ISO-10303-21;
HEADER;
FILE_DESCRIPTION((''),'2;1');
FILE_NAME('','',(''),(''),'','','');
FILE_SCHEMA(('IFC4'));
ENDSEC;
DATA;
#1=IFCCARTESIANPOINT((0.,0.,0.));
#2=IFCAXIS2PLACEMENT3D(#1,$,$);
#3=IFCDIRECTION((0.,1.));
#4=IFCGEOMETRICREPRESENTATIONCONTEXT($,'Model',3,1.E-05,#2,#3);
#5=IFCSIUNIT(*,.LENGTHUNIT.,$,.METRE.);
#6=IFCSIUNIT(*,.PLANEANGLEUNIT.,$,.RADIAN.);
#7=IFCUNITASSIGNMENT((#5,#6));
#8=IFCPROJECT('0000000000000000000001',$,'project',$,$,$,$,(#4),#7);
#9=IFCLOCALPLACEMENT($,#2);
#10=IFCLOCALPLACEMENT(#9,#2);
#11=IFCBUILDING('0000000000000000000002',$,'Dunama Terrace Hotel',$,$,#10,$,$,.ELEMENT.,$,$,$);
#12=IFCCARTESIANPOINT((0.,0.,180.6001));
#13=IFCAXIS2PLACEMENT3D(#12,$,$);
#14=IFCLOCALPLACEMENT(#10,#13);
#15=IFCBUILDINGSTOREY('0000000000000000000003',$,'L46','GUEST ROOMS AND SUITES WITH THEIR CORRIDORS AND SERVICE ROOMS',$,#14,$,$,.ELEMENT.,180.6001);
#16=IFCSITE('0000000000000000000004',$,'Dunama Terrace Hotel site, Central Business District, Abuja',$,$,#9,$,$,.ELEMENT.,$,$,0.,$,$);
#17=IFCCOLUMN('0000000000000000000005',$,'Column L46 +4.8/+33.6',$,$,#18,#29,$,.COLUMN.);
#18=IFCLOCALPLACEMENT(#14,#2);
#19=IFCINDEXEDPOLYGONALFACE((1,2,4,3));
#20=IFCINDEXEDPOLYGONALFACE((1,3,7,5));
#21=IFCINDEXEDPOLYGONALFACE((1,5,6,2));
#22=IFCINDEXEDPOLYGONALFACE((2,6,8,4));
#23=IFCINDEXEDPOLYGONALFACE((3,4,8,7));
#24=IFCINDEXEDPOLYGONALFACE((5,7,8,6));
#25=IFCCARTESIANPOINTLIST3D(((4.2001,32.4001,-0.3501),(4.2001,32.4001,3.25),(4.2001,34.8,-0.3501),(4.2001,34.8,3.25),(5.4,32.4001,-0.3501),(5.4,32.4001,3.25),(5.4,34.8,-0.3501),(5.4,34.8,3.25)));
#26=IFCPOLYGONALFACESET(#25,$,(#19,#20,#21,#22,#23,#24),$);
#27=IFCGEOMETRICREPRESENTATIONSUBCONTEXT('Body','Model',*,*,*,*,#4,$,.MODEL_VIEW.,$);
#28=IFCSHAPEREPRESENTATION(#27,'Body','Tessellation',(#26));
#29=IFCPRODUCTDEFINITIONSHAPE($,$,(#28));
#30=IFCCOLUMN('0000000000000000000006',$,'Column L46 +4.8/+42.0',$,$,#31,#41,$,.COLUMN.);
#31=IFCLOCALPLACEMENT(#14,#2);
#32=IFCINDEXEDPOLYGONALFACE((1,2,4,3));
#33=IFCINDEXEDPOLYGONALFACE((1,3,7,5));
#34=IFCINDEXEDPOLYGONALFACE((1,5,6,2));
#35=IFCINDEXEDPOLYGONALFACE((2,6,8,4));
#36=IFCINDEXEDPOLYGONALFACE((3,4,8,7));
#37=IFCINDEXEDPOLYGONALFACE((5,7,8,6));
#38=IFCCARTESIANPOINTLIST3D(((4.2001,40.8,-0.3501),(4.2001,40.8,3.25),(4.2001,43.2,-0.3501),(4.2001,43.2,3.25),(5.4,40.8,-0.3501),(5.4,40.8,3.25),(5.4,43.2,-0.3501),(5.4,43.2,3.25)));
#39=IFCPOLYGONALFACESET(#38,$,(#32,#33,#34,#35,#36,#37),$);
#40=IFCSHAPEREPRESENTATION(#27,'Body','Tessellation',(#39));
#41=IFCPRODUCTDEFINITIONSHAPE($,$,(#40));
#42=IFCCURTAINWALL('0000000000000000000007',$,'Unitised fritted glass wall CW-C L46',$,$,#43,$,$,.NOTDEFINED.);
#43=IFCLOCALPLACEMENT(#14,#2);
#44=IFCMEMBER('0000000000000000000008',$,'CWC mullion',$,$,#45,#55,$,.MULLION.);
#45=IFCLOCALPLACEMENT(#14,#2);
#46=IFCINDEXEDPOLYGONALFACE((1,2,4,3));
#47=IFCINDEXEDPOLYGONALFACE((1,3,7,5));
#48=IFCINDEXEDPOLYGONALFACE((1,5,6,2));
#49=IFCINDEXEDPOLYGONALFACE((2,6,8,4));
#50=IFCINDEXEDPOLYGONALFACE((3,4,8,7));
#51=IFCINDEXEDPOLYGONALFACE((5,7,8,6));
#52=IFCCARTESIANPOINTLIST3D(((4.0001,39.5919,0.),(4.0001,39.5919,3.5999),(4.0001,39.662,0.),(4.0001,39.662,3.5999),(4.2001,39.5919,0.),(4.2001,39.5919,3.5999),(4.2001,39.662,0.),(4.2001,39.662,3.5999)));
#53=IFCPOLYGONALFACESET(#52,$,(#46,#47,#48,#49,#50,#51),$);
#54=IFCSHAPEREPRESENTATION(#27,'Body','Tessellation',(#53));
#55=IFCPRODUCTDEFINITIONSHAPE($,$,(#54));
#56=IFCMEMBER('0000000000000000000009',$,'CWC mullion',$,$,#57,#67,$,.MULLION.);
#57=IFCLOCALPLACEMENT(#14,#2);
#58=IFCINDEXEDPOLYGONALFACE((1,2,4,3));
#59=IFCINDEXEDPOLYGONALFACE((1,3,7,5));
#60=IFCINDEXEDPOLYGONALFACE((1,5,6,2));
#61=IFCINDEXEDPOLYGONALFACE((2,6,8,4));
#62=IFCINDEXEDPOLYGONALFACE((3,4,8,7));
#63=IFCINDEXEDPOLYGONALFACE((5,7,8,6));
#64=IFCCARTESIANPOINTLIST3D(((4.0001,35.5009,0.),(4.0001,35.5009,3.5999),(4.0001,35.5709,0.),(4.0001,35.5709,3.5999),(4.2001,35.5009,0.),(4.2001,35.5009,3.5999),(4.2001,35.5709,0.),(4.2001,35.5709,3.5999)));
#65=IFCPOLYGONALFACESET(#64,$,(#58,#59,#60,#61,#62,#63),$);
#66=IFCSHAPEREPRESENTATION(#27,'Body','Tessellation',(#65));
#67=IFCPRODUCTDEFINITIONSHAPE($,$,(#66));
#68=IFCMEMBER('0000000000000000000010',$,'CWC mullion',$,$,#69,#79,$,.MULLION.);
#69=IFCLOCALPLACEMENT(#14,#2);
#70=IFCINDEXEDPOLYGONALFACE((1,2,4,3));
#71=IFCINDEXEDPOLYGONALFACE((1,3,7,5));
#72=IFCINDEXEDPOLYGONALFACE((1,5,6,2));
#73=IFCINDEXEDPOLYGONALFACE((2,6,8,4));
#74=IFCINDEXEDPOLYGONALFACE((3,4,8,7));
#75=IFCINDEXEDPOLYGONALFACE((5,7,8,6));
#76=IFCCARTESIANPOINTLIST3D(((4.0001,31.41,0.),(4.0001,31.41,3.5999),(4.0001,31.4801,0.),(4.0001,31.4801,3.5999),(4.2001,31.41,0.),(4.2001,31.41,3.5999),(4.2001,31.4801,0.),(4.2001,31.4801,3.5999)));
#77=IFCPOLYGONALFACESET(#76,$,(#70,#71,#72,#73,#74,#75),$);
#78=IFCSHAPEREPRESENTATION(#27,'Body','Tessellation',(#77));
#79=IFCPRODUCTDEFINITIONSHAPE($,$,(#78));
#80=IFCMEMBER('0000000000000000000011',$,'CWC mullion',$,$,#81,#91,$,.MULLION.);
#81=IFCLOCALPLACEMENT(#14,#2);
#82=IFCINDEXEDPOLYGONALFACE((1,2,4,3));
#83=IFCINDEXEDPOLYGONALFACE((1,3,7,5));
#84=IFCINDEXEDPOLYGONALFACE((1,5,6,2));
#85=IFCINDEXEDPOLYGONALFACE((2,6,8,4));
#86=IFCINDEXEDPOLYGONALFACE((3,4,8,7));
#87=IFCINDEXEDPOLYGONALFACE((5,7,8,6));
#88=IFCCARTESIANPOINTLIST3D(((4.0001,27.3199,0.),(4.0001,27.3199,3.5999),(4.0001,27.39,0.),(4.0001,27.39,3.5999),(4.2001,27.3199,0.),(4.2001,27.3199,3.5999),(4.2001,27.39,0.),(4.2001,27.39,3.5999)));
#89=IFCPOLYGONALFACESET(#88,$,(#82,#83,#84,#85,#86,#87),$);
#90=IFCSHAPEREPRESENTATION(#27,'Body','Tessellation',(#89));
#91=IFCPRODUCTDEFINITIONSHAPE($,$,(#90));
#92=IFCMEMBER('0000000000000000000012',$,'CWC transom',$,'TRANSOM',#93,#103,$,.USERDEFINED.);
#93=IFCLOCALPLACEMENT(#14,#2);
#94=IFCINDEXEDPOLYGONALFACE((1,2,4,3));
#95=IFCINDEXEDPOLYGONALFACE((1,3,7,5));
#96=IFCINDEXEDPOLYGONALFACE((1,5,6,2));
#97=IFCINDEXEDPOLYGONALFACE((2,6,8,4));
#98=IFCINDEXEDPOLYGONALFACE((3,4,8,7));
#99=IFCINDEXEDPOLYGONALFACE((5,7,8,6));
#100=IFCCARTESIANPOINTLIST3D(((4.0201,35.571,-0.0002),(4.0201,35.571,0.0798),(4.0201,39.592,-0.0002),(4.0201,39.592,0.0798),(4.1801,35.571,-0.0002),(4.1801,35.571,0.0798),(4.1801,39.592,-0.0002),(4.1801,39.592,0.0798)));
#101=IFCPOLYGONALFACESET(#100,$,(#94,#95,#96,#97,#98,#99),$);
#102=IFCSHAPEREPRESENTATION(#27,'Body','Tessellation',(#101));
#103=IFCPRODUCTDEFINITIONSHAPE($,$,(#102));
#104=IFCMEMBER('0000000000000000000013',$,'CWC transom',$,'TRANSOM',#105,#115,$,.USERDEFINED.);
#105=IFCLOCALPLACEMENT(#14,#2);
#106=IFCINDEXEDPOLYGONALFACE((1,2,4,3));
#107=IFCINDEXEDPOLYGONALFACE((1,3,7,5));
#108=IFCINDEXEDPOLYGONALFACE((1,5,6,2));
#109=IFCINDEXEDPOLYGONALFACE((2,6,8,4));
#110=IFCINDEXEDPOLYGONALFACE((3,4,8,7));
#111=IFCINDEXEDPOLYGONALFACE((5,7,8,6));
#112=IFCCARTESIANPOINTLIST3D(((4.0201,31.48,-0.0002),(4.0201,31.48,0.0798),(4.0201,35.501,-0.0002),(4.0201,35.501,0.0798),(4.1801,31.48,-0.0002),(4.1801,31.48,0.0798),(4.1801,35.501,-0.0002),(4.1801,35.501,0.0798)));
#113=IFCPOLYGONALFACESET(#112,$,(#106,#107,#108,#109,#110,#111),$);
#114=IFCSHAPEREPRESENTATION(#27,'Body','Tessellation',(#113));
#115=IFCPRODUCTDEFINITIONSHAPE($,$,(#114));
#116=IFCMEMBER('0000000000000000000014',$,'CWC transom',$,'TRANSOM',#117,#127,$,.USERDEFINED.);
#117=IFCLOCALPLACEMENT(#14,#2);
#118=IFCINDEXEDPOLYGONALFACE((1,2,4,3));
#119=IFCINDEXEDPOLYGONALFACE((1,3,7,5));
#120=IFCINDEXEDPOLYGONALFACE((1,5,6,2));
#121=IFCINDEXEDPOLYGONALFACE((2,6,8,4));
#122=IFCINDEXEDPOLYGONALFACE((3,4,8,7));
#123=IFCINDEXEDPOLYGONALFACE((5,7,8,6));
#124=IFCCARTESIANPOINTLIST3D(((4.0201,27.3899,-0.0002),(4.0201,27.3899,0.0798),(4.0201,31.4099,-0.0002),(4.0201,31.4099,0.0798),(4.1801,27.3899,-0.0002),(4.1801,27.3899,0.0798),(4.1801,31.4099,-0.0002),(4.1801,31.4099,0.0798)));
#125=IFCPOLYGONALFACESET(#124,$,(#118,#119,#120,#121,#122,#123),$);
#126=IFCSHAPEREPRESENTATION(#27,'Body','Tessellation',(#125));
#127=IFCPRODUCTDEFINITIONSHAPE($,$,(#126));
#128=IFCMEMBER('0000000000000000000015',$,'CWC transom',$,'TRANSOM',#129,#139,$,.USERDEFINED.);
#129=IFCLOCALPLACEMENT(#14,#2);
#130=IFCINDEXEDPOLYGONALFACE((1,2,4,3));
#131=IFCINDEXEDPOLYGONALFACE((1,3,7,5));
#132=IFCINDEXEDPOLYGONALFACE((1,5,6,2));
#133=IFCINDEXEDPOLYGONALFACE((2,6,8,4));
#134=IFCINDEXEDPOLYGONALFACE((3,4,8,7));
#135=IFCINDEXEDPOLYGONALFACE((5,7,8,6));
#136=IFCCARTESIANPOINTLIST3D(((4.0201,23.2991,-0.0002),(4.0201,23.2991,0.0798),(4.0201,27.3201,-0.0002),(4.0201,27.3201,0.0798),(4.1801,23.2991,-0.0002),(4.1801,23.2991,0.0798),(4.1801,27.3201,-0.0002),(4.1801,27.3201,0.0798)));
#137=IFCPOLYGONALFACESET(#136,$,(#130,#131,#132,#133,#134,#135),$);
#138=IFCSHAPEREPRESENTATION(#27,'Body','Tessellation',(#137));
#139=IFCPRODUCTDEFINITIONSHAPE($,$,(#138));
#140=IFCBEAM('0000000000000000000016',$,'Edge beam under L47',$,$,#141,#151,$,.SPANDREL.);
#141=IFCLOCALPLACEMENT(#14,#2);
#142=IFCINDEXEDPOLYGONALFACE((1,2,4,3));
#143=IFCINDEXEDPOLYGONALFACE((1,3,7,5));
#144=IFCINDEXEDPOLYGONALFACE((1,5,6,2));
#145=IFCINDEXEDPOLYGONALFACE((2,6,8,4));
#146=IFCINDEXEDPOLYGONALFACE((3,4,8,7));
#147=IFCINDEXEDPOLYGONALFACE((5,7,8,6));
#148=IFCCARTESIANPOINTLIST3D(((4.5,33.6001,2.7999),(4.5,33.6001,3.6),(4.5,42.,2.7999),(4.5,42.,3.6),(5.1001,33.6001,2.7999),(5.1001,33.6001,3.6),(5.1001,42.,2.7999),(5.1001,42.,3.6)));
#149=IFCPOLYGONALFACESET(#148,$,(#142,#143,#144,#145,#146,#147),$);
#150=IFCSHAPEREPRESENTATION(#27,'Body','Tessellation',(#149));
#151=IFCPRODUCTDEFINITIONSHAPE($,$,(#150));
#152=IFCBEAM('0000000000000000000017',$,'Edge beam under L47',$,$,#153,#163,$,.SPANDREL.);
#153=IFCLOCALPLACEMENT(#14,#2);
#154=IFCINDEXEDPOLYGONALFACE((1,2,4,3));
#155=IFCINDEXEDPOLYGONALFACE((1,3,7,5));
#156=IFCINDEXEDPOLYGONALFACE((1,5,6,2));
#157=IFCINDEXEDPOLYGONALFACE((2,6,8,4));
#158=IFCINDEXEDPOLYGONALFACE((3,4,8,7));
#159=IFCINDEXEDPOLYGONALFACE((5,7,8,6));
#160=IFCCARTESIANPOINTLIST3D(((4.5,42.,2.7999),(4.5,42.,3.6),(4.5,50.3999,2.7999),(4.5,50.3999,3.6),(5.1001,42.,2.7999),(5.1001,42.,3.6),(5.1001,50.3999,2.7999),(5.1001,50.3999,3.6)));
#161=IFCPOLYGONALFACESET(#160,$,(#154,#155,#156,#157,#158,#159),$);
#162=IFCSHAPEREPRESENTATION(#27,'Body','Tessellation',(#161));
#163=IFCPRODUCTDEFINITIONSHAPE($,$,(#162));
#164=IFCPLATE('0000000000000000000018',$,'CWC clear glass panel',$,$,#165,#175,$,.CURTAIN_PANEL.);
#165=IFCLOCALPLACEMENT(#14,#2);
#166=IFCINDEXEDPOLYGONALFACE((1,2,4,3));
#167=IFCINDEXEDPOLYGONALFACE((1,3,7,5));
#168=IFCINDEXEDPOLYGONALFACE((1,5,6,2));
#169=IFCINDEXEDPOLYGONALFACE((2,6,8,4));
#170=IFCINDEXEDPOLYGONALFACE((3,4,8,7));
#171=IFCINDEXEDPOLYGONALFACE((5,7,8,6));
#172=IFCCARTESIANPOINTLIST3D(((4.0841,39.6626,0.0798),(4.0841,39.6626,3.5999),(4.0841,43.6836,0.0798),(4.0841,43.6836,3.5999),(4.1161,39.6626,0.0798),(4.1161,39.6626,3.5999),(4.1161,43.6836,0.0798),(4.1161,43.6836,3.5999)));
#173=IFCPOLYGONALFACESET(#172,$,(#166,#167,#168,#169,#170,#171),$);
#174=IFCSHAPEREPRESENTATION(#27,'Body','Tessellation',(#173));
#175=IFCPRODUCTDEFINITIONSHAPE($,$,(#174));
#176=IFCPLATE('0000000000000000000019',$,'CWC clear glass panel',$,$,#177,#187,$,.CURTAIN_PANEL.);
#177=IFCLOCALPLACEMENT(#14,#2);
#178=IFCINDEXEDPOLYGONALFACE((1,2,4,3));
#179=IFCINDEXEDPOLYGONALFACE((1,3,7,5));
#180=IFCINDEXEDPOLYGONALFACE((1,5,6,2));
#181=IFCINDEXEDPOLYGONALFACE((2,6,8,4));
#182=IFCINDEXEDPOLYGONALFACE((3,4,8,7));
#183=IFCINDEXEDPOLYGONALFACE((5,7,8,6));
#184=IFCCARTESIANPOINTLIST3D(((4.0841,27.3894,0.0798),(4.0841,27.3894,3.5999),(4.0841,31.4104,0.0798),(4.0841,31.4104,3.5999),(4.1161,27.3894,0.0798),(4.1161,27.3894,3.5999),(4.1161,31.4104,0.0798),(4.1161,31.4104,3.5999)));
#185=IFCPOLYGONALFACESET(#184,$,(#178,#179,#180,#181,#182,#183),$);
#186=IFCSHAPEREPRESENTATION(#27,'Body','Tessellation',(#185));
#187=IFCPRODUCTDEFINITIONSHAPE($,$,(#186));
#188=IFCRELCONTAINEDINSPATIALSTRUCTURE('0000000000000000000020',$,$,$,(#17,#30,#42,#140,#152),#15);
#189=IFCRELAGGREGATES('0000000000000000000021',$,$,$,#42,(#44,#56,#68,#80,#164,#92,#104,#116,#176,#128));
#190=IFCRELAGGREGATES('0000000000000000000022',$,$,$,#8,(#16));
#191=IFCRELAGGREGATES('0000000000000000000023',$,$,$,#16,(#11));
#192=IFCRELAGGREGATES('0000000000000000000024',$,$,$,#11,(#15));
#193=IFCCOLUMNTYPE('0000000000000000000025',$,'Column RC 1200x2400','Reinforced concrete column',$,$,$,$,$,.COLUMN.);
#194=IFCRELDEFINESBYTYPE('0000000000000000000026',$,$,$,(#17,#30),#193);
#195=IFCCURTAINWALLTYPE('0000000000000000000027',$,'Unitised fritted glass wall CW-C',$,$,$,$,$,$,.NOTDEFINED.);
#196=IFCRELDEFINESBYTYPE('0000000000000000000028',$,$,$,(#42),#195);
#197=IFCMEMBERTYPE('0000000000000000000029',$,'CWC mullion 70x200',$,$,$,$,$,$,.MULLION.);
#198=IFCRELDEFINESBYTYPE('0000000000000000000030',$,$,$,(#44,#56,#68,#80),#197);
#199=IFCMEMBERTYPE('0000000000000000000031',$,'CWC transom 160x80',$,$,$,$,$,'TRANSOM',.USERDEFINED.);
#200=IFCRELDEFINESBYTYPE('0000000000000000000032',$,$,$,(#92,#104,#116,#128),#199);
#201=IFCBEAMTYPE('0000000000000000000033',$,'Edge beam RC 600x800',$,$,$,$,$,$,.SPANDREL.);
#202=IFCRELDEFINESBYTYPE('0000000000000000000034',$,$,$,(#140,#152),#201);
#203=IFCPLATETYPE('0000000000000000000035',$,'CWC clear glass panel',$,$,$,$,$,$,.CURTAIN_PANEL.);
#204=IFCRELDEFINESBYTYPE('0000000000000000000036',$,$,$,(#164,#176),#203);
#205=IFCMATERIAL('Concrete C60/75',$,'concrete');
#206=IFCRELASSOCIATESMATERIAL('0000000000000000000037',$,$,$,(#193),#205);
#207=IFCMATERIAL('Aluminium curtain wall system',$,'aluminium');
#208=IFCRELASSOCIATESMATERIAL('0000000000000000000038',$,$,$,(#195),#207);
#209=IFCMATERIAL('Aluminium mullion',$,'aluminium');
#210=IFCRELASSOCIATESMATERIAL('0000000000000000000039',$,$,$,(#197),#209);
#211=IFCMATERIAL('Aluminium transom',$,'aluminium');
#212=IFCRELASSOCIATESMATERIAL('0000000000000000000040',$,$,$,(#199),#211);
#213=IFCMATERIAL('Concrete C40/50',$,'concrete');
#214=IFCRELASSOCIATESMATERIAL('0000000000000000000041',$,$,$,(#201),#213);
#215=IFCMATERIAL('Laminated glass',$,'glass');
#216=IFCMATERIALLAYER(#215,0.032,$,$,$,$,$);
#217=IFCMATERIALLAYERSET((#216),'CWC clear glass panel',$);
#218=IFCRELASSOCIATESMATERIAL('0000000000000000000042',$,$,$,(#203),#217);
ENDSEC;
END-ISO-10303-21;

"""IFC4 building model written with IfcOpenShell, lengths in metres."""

from ifc_helpers import new_model, si_unit, direction, frame, origin, origin_2d, place, context, subcontext, project, spatial, rectangle, extrude, material, layer, layer_set, material_profile, profile_set, type_object, element, aggregate, save


model = new_model("IFC4")

# Units and contexts
model_context = context("Model", 3, precision=1e-05, world=origin(), true_north=direction((0.0, 1.0)))
body_context = subcontext(model_context, "Body", "Model", "MODEL_VIEW")
ifc_project = project(units=[si_unit("LENGTHUNIT", "METRE"), si_unit("PLANEANGLEUNIT", "RADIAN")], contexts=[model_context])

# Site, building, storey
site_placement = place(None, origin())
site = spatial("IfcSite", under=ifc_project, at=site_placement, Name="Dunama Terrace Hotel site, Central Business District, Abuja", CompositionType="ELEMENT", RefElevation=0.0)
building_placement = place(site_placement, origin())
building = spatial("IfcBuilding", under=site, at=building_placement, Name="Dunama Terrace Hotel", CompositionType="ELEMENT")
storey_placement = place(building_placement, frame((0.0, 0.0, 180.6001)))
storey = spatial("IfcBuildingStorey", under=building, at=storey_placement, Name="L46", Description="GUEST ROOMS AND SUITES WITH THEIR CORRIDORS AND SERVICE ROOMS", CompositionType="ELEMENT", Elevation=180.6001)

# Columns
ifc_material_1 = material(Name="Concrete C60/75", Category="concrete")
ifc_material_profile_1 = material_profile(ifc_material_1, rectangle(XDim=1.2, YDim=2.3999, at=origin_2d()), Name="RC 1200x2400")
ifc_profile_set_1 = profile_set([ifc_material_profile_1], Name="Concrete C60/75")
column_type = type_object("IfcColumnType", Name="Column RC 1200x2400", Description="Reinforced concrete column", PredefinedType="COLUMN", material=ifc_profile_set_1)
for number, where, z_axis, x_axis, name in (
    (1, (4.8, 33.6001, -0.3501), (0.0, 0.0, 1.0), (1.0, 0.0, 0.0), "Column L46 +4.8/+33.6"),
    (2, (4.8, 42.0, -0.3501), (0.0, 0.0, 1.0), (1.0, 0.0, 0.0), "Column L46 +4.8/+42.0"),
):
    element("IfcColumn", number, at=place(storey_placement, frame(where, z_axis=z_axis, x_axis=x_axis)), inside=storey, type_object=column_type, Name=name, PredefinedType="COLUMN", context=body_context, shape_type="SweptSolid", body=[
        extrude(rectangle(XDim=1.2, YDim=2.3999, at=origin_2d()), origin(), (0.0, 0.0, 1.0), 3.6001),
    ])

# Curtain wall, members
ifc_material_2 = material(Name="Aluminium curtain wall system", Category="aluminium")
curtain_wall_type = type_object("IfcCurtainWallType", Name="Unitised fritted glass wall CW-C", PredefinedType="NOTDEFINED", material=ifc_material_2)
curtain_wall_placement = place(storey_placement, origin())
curtain_wall = element("IfcCurtainWall", 3, at=curtain_wall_placement, inside=storey, type_object=curtain_wall_type, Name="Unitised fritted glass wall CW-C L46", PredefinedType="NOTDEFINED")
ifc_material_3 = material(Name="Aluminium mullion", Category="aluminium")
ifc_material_profile_2 = material_profile(ifc_material_3, rectangle(XDim=0.0701, YDim=0.2, at=origin_2d()), Name="CWC MULLION 70X200")
ifc_profile_set_2 = profile_set([ifc_material_profile_2], Name="Aluminium mullion")
member_type_1 = type_object("IfcMemberType", Name="CWC mullion 70x200", PredefinedType="MULLION", material=ifc_profile_set_2)
member_1_placement = place(storey_placement, frame((4.1001, 39.627, 0.0), z_axis=(0.0, 0.0, 1.0), x_axis=(0.0, -1.0, 0.0)))
member_1 = element("IfcMember", 4, at=member_1_placement, type_object=member_type_1, Name="CWC mullion", PredefinedType="MULLION", context=body_context, shape_type="SweptSolid", body=[
    extrude(rectangle(XDim=0.0701, YDim=0.2, at=origin_2d()), origin(), (0.0, 0.0, 1.0), 3.5999),
])
member_2_placement = place(storey_placement, frame((4.1001, 35.5359, 0.0), z_axis=(0.0, 0.0, 1.0), x_axis=(0.0, -1.0, 0.0)))
member_2 = element("IfcMember", 5, at=member_2_placement, type_object=member_type_1, Name="CWC mullion", PredefinedType="MULLION", context=body_context, shape_type="SweptSolid", body=[
    extrude(rectangle(XDim=0.0701, YDim=0.2, at=origin_2d()), origin(), (0.0, 0.0, 1.0), 3.5999),
])
member_3_placement = place(storey_placement, frame((4.1001, 31.4451, 0.0), z_axis=(0.0, 0.0, 1.0), x_axis=(0.0, -1.0, 0.0)))
member_3 = element("IfcMember", 6, at=member_3_placement, type_object=member_type_1, Name="CWC mullion", PredefinedType="MULLION", context=body_context, shape_type="SweptSolid", body=[
    extrude(rectangle(XDim=0.0701, YDim=0.2, at=origin_2d()), origin(), (0.0, 0.0, 1.0), 3.5999),
])
member_4_placement = place(storey_placement, frame((4.1001, 27.355, 0.0), z_axis=(0.0, 0.0, 1.0), x_axis=(0.0, -1.0, 0.0)))
member_4 = element("IfcMember", 7, at=member_4_placement, type_object=member_type_1, Name="CWC mullion", PredefinedType="MULLION", context=body_context, shape_type="SweptSolid", body=[
    extrude(rectangle(XDim=0.0701, YDim=0.2, at=origin_2d()), origin(), (0.0, 0.0, 1.0), 3.5999),
])
ifc_material_4 = material(Name="Aluminium transom", Category="aluminium")
ifc_material_profile_3 = material_profile(ifc_material_4, rectangle(XDim=0.1599, YDim=0.0801, at=origin_2d()), Name="CWC TRANSOM 160X80")
ifc_profile_set_3 = profile_set([ifc_material_profile_3], Name="Aluminium transom")
member_type_2 = type_object("IfcMemberType", Name="CWC transom 160x80", ElementType="TRANSOM", PredefinedType="USERDEFINED", material=ifc_profile_set_3)
member_5_placement = place(storey_placement, frame((4.1001, 39.592, 0.0398), z_axis=(0.0, -1.0, 0.0), x_axis=(1.0, 0.0, 0.0)))
member_5 = element("IfcMember", 8, at=member_5_placement, type_object=member_type_2, Name="CWC transom", ObjectType="TRANSOM", PredefinedType="USERDEFINED", context=body_context, shape_type="SweptSolid", body=[
    extrude(rectangle(XDim=0.1599, YDim=0.0801, at=origin_2d()), origin(), (0.0, 0.0, 1.0), 4.021),
])
member_6_placement = place(storey_placement, frame((4.1001, 35.501, 0.0398), z_axis=(0.0, -1.0, 0.0), x_axis=(1.0, 0.0, 0.0)))
member_6 = element("IfcMember", 9, at=member_6_placement, type_object=member_type_2, Name="CWC transom", ObjectType="TRANSOM", PredefinedType="USERDEFINED", context=body_context, shape_type="SweptSolid", body=[
    extrude(rectangle(XDim=0.1599, YDim=0.0801, at=origin_2d()), origin(), (0.0, 0.0, 1.0), 4.021),
])
member_7_placement = place(storey_placement, frame((4.1001, 31.4099, 0.0398), z_axis=(0.0, -1.0, 0.0), x_axis=(1.0, 0.0, 0.0)))
member_7 = element("IfcMember", 10, at=member_7_placement, type_object=member_type_2, Name="CWC transom", ObjectType="TRANSOM", PredefinedType="USERDEFINED", context=body_context, shape_type="SweptSolid", body=[
    extrude(rectangle(XDim=0.1599, YDim=0.0801, at=origin_2d()), origin(), (0.0, 0.0, 1.0), 4.02),
])
member_8_placement = place(storey_placement, frame((4.1001, 27.3201, 0.0398), z_axis=(0.0, -1.0, 0.0), x_axis=(1.0, 0.0, 0.0)))
member_8 = element("IfcMember", 11, at=member_8_placement, type_object=member_type_2, Name="CWC transom", ObjectType="TRANSOM", PredefinedType="USERDEFINED", context=body_context, shape_type="SweptSolid", body=[
    extrude(rectangle(XDim=0.1599, YDim=0.0801, at=origin_2d()), origin(), (0.0, 0.0, 1.0), 4.021),
])

# Beams
ifc_material_5 = material(Name="Concrete C40/50", Category="concrete")
ifc_material_profile_4 = material_profile(ifc_material_5, rectangle(XDim=0.6001, YDim=0.8, at=origin_2d()), Name="RC 600x800")
ifc_profile_set_4 = profile_set([ifc_material_profile_4], Name="Concrete C40/50")
beam_type = type_object("IfcBeamType", Name="Edge beam RC 600x800", PredefinedType="SPANDREL", material=ifc_profile_set_4)
for number, where, z_axis, x_axis, name in (
    (12, (4.8, 33.6001, 3.2), (0.0, 1.0, 0.0), (-1.0, 0.0, 0.0), "Edge beam under L47"),
    (13, (4.8, 42.0, 3.2), (0.0, 1.0, 0.0), (-1.0, 0.0, 0.0), "Edge beam under L47"),
):
    element("IfcBeam", number, at=place(storey_placement, frame(where, z_axis=z_axis, x_axis=x_axis)), inside=storey, type_object=beam_type, Name=name, PredefinedType="SPANDREL", context=body_context, shape_type="SweptSolid", body=[
        extrude(rectangle(XDim=0.6001, YDim=0.8, at=origin_2d()), origin(), (0.0, 0.0, 1.0), 8.3999),
    ])

# Plates
ifc_material_6 = material(Name="Laminated glass", Category="glass")
ifc_layer_1 = layer(ifc_material_6, 0.032)
ifc_layer_set_1 = layer_set([ifc_layer_1], Name="CWC clear glass panel")
plate_type_1 = type_object("IfcPlateType", Name="CWC clear glass panel", PredefinedType="CURTAIN_PANEL", material=ifc_layer_set_1)
plate_1_placement = place(storey_placement, frame((4.1001, 41.6731, 0.0798), z_axis=(0.0, 0.0, 1.0), x_axis=(0.0, -1.0, 0.0)))
plate_1 = element("IfcPlate", 14, at=plate_1_placement, type_object=plate_type_1, Name="CWC clear glass panel", PredefinedType="CURTAIN_PANEL", context=body_context, shape_type="SweptSolid", body=[
    extrude(rectangle(XDim=4.021, YDim=0.032, at=origin_2d()), origin(), (0.0, 0.0, 1.0), 3.52),
])
plate_2_placement = place(storey_placement, frame((4.1001, 29.3999, 0.0798), z_axis=(0.0, 0.0, 1.0), x_axis=(0.0, -1.0, 0.0)))
plate_2 = element("IfcPlate", 15, at=plate_2_placement, type_object=plate_type_1, Name="CWC clear glass panel", PredefinedType="CURTAIN_PANEL", context=body_context, shape_type="SweptSolid", body=[
    extrude(rectangle(XDim=4.021, YDim=0.032, at=origin_2d()), origin(), (0.0, 0.0, 1.0), 3.52),
])
aggregate(curtain_wall, [member_1, member_2, member_3, member_4, plate_1, member_5, member_6, member_7, plate_2, member_8])

save(model, "model.ifc")
